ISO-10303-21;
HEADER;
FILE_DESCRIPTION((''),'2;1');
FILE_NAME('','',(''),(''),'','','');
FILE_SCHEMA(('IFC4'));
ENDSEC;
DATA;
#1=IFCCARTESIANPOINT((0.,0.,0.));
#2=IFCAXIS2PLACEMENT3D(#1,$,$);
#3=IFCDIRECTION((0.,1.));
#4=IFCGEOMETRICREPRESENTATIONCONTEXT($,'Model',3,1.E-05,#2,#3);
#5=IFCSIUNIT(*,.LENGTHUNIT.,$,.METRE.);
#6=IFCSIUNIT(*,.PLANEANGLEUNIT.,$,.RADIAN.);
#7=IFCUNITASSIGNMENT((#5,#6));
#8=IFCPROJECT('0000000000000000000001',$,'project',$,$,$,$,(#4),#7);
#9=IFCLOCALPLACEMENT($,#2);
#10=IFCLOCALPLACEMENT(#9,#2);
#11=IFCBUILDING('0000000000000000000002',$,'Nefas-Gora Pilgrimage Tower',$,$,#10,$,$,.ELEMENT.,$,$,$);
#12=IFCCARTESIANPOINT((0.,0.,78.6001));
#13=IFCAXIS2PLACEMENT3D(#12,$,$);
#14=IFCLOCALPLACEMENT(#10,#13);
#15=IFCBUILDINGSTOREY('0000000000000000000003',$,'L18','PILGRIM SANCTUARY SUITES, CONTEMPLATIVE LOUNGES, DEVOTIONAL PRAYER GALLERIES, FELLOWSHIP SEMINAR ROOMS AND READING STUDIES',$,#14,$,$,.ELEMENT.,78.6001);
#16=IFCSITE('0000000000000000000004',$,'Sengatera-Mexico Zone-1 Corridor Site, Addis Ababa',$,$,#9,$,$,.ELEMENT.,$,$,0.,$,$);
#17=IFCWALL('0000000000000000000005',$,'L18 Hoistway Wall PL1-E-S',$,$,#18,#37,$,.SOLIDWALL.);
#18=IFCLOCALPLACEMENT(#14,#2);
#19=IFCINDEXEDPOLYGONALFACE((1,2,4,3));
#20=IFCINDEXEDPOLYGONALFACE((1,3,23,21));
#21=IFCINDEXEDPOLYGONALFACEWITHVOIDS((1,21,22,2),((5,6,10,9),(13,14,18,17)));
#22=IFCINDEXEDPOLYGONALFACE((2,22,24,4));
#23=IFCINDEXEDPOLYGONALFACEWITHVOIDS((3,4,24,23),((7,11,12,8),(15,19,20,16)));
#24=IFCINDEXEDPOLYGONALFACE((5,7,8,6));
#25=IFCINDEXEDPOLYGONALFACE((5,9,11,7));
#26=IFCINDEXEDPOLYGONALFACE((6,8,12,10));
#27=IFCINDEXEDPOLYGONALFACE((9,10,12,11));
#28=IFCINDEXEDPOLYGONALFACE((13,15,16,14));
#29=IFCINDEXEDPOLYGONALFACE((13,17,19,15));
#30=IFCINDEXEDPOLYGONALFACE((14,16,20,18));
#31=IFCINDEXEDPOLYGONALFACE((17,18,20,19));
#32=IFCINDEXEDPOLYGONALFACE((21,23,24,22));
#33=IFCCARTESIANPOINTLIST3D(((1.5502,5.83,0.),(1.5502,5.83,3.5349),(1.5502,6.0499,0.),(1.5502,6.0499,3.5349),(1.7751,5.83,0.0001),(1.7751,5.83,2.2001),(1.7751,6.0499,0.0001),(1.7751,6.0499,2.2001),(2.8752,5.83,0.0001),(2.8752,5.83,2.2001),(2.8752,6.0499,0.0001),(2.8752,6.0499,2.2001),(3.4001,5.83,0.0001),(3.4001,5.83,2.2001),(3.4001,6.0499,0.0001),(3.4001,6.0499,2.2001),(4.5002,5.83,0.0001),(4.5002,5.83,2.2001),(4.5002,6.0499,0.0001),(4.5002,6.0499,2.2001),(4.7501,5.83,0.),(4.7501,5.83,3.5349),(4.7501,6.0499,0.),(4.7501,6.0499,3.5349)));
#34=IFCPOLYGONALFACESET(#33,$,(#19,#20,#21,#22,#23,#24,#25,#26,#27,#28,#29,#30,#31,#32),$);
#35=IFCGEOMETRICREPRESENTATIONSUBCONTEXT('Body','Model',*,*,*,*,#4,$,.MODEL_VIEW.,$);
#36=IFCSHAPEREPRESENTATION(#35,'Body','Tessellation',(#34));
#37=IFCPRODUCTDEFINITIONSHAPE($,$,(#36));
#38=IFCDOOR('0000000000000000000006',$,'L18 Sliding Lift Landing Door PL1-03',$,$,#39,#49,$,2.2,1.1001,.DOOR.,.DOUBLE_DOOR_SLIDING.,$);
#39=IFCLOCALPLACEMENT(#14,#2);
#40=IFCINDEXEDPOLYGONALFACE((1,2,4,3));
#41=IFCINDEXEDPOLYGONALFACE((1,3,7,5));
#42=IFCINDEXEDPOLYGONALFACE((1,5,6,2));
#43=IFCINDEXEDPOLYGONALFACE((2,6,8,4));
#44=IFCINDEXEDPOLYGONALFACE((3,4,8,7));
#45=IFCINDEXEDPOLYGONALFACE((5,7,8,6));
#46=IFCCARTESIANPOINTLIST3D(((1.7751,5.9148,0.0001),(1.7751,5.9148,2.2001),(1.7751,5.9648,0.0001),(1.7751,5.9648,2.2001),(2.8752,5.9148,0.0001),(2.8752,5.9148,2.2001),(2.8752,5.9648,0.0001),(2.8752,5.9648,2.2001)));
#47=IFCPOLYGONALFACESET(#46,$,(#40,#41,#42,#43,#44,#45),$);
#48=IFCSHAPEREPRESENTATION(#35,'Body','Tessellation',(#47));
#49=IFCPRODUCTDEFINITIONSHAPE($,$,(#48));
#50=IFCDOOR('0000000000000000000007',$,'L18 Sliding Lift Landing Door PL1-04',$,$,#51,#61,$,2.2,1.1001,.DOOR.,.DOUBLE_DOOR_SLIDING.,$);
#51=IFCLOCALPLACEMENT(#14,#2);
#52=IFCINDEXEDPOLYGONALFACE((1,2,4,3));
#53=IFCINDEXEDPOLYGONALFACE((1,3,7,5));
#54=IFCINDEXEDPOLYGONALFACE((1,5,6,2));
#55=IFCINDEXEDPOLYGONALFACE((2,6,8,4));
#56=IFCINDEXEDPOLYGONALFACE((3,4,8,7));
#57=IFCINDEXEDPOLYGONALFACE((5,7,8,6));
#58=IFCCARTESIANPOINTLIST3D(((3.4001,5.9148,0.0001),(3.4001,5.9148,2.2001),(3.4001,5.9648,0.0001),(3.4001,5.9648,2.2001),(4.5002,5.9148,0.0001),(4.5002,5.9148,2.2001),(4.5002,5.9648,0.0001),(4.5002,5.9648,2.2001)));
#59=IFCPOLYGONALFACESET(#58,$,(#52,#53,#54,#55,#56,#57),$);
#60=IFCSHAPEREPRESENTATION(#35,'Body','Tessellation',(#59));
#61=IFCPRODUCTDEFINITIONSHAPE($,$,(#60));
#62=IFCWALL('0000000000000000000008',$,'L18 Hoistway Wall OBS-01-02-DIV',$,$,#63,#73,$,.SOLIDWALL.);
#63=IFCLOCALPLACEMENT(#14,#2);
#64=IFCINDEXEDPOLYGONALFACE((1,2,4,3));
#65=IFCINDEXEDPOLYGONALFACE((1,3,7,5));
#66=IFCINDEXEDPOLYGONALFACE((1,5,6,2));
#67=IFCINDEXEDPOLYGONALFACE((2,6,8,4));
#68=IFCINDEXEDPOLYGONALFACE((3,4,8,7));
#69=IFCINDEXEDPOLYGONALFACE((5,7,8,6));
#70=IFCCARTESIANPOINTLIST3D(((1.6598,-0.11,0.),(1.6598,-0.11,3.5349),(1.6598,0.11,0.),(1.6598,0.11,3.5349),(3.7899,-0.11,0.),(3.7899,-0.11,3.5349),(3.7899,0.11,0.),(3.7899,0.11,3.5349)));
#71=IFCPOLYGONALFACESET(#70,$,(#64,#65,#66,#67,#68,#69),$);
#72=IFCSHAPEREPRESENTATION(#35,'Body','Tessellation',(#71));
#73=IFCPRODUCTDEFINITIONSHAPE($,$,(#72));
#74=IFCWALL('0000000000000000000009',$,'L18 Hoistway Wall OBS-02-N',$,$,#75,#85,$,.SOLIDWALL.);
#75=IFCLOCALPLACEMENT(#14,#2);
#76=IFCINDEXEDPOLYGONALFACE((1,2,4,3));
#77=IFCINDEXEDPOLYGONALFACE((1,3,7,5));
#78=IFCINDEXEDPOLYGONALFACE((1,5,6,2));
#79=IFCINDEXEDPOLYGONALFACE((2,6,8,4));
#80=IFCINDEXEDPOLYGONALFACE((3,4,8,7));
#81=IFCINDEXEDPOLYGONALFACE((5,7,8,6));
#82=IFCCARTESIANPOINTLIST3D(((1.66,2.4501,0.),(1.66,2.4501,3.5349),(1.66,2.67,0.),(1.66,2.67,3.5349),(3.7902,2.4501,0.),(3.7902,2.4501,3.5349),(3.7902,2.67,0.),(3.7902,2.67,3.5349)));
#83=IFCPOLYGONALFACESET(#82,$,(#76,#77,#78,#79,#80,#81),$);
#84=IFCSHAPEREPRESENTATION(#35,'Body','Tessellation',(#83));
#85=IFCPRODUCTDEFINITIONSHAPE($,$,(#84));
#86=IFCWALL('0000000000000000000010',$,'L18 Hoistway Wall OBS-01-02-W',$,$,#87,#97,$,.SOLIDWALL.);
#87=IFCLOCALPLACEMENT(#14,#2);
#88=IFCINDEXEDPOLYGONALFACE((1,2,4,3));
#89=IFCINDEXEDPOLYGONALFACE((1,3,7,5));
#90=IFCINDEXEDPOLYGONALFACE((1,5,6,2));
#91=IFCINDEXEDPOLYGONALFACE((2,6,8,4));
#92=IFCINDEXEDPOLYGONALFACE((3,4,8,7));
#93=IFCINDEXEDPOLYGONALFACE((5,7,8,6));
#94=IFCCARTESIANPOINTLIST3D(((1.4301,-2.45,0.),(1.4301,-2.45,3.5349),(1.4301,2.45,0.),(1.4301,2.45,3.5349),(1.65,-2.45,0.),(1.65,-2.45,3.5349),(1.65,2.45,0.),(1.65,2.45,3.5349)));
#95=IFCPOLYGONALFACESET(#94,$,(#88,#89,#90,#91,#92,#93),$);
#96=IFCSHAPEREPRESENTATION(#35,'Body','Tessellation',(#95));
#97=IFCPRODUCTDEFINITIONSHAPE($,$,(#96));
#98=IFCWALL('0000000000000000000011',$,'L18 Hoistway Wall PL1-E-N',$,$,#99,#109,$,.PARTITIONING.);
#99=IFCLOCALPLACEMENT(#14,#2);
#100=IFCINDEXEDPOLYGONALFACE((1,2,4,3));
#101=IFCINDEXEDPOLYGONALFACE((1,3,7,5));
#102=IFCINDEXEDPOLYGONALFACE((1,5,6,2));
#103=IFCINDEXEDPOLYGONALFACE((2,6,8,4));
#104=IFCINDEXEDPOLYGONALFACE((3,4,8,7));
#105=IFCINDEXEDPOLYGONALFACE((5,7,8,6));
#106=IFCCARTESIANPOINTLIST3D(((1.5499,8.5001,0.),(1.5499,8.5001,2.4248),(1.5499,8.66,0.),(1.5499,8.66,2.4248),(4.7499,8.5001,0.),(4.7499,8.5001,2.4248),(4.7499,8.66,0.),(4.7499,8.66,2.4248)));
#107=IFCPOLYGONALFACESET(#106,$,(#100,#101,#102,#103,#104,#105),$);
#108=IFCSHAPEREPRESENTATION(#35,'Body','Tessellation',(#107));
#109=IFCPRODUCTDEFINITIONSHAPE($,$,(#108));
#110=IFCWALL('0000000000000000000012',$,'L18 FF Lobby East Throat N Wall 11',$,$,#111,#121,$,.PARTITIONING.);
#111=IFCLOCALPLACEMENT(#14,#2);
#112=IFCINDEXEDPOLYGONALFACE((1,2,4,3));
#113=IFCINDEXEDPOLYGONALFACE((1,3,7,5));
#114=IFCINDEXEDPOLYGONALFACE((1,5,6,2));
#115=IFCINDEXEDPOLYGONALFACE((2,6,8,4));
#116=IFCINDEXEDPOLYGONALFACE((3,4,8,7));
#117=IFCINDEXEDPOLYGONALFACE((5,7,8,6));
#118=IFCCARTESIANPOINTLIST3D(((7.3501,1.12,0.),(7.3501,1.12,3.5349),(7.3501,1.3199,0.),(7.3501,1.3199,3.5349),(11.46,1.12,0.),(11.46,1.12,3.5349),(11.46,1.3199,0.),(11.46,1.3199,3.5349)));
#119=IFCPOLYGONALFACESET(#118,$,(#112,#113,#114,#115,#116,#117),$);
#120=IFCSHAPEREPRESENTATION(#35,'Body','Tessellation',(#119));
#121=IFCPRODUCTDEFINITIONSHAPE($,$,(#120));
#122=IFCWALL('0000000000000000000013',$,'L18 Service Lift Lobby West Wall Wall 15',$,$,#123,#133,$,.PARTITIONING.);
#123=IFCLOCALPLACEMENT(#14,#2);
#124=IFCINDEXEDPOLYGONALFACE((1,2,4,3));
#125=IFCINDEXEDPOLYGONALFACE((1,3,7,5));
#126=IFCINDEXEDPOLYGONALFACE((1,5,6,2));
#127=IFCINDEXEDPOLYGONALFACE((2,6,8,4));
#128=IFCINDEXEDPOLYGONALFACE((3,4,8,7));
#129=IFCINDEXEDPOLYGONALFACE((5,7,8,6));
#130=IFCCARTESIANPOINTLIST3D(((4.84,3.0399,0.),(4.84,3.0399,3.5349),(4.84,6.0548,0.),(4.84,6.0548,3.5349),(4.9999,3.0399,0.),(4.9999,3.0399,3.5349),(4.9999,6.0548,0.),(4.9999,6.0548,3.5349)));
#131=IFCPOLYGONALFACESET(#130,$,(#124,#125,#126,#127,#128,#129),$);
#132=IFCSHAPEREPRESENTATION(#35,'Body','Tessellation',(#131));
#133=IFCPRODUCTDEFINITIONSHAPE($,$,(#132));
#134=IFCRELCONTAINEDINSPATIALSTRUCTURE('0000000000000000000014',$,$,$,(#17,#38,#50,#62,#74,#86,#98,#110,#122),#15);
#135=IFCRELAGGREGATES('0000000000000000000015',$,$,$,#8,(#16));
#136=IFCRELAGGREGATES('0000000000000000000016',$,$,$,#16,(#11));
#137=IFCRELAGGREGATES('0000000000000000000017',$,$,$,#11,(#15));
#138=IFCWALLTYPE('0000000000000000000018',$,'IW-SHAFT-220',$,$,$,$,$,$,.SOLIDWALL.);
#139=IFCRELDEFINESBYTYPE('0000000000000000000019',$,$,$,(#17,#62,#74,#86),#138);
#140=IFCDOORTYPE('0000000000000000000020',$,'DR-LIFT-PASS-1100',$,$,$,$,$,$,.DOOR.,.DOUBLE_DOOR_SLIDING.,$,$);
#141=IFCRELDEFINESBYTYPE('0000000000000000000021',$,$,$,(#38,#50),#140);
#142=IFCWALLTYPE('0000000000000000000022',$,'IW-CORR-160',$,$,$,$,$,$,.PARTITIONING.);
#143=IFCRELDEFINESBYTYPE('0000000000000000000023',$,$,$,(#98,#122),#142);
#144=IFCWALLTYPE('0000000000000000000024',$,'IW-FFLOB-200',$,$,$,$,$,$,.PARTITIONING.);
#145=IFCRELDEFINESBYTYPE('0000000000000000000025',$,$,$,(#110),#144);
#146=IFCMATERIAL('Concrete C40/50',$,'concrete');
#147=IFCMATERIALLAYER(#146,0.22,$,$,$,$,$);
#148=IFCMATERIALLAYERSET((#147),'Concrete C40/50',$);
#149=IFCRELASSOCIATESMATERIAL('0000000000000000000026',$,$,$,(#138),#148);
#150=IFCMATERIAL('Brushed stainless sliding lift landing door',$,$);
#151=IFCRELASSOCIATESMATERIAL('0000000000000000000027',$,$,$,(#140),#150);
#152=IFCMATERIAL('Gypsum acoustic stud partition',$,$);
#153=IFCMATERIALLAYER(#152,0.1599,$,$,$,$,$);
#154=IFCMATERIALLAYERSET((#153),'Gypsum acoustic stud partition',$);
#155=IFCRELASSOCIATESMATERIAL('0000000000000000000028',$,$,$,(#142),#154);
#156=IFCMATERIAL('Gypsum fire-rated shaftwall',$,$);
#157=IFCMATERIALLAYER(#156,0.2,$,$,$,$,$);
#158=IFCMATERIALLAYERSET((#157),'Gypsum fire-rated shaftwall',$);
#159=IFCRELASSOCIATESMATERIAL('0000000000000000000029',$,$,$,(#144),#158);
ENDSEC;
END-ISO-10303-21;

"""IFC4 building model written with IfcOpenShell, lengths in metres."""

from ifc_helpers import new_model, si_unit, direction, frame, frame_2d, origin, place, context, subcontext, project, spatial, rectangle, extrude, source, transform, mapped, material, layer, layer_set, type_object, element, fill, save


model = new_model("IFC4")

# Units and contexts
model_context = context("Model", 3, precision=1e-05, world=origin(), true_north=direction((0.0, 1.0)))
body_context = subcontext(model_context, "Body", "Model", "MODEL_VIEW")
ifc_project = project(units=[si_unit("LENGTHUNIT", "METRE"), si_unit("PLANEANGLEUNIT", "RADIAN")], contexts=[model_context])

# Site, building, storey
site_placement = place(None, origin())
site = spatial("IfcSite", under=ifc_project, at=site_placement, Name="Sengatera-Mexico Zone-1 Corridor Site, Addis Ababa", CompositionType="ELEMENT", RefElevation=0.0)
building_placement = place(site_placement, origin())
building = spatial("IfcBuilding", under=site, at=building_placement, Name="Nefas-Gora Pilgrimage Tower", CompositionType="ELEMENT")
storey_placement = place(building_placement, frame((0.0, 0.0, 78.6001)))
storey = spatial("IfcBuildingStorey", under=building, at=storey_placement, Name="L18", Description="PILGRIM SANCTUARY SUITES, CONTEMPLATIVE LOUNGES, DEVOTIONAL PRAYER GALLERIES, FELLOWSHIP SEMINAR ROOMS AND READING STUDIES", CompositionType="ELEMENT", Elevation=78.6001)

# Shared definitions
ifc_material_1 = material(Name="Concrete C40/50", Category="concrete")
ifc_layer_1 = layer(ifc_material_1, 0.22)
ifc_layer_set_1 = layer_set([ifc_layer_1], Name="Concrete C40/50")
wall_type_1 = type_object("IfcWallType", Name="IW-SHAFT-220", PredefinedType="SOLIDWALL", material=ifc_layer_set_1)

# Wall, openings, doors
shared_shape_1 = source(origin(), body_context, "Body", "SweptSolid", [
    extrude(rectangle(XDim=3.2, YDim=0.22, at=frame_2d((1.6001, 0.0))), origin(), (0.0, 0.0, 1.0), 3.5349),
])
wall_1_placement = place(storey_placement, frame((1.55, 5.9399, 0.0), z_axis=(0.0, 0.0, 1.0), x_axis=(1.0, 0.0, 0.0)))
wall_1 = element("IfcWall", 1, at=wall_1_placement, inside=storey, type_object=wall_type_1, Name="L18 Hoistway Wall PL1-E-S", PredefinedType="SOLIDWALL", context=body_context, shape_type="MappedRepresentation", body=[
    mapped(shared_shape_1, transform((0.0, 0.0, 0.0), x_axis=(1.0, 0.0, 0.0), y_axis=(0.0, 1.0, 0.0), z_axis=(0.0, 0.0, 1.0), scale=1.0)),
])
opening_1_placement = place(wall_1_placement, frame((0.2251, 0.0, 0.0)))
opening_1 = element("IfcOpeningElement", 2, at=opening_1_placement, cuts=wall_1, PredefinedType="OPENING", context=body_context, shape_type="SweptSolid", body=[
    extrude(rectangle(XDim=1.1001, YDim=2.2, at=frame_2d((0.55, 1.1001))), frame((0.0, 0.1199, 0.0), z_axis=(0.0, -1.0, 0.0), x_axis=(1.0, 0.0, 0.0)), (0.0, 0.0, 1.0), 0.24),
])
opening_2_placement = place(wall_1_placement, frame((1.8501, 0.0, 0.0)))
opening_2 = element("IfcOpeningElement", 3, at=opening_2_placement, cuts=wall_1, PredefinedType="OPENING", context=body_context, shape_type="SweptSolid", body=[
    extrude(rectangle(XDim=1.1001, YDim=2.2, at=frame_2d((0.55, 1.1001))), frame((0.0, 0.1199, 0.0), z_axis=(0.0, -1.0, 0.0), x_axis=(1.0, 0.0, 0.0)), (0.0, 0.0, 1.0), 0.24),
])
ifc_material_2 = material(Name="Brushed stainless sliding lift landing door")
door_type_1 = type_object("IfcDoorType", Name="DR-LIFT-PASS-1100", OperationType="DOUBLE_DOOR_SLIDING", PredefinedType="DOOR", material=ifc_material_2)
shared_shape_2 = source(origin(), body_context, "Body", "SweptSolid", [
    extrude(rectangle(XDim=1.1001, YDim=2.2, at=frame_2d((0.55, 1.1001))), frame((0.0, 0.0249, 0.0), z_axis=(0.0, -1.0, 0.0), x_axis=(1.0, 0.0, 0.0)), (0.0, 0.0, 1.0), 0.05),
])
door_1_placement = place(opening_1_placement, origin())
door_1 = element("IfcDoor", 4, at=door_1_placement, inside=storey, type_object=door_type_1, Name="L18 Sliding Lift Landing Door PL1-03", OperationType="DOUBLE_DOOR_SLIDING", OverallHeight=2.2, OverallWidth=1.1001, PredefinedType="DOOR", context=body_context, shape_type="MappedRepresentation", body=[
    mapped(shared_shape_2, transform((0.0, 0.0, 0.0), x_axis=(1.0, 0.0, 0.0), y_axis=(0.0, 1.0, 0.0), z_axis=(0.0, 0.0, 1.0), scale=1.0)),
])
fill(opening_1, door_1)
door_2_placement = place(opening_2_placement, origin())
door_2 = element("IfcDoor", 5, at=door_2_placement, inside=storey, type_object=door_type_1, Name="L18 Sliding Lift Landing Door PL1-04", OperationType="DOUBLE_DOOR_SLIDING", OverallHeight=2.2, OverallWidth=1.1001, PredefinedType="DOOR", context=body_context, shape_type="MappedRepresentation", body=[
    mapped(shared_shape_2, transform((0.0, 0.0, 0.0), x_axis=(1.0, 0.0, 0.0), y_axis=(0.0, 1.0, 0.0), z_axis=(0.0, 0.0, 1.0), scale=1.0)),
])
fill(opening_2, door_2)

# Walls
shared_shape_3 = source(origin(), body_context, "Body", "SweptSolid", [
    extrude(rectangle(XDim=2.1301, YDim=0.22, at=frame_2d((1.0649, 0.0))), origin(), (0.0, 0.0, 1.0), 3.5349),
])
for number, where, z_axis, x_axis, name in (
    (6, (1.6599, 0.0, 0.0), (0.0, 0.0, 1.0), (1.0, 0.0, 0.0), "L18 Hoistway Wall OBS-01-02-DIV"),
    (7, (3.79, 2.5601, 0.0), (0.0, 0.0, 1.0), (-1.0, 0.0, 0.0), "L18 Hoistway Wall OBS-02-N"),
):
    element("IfcWall", number, at=place(storey_placement, frame(where, z_axis=z_axis, x_axis=x_axis)), inside=storey, type_object=wall_type_1, Name=name, PredefinedType="SOLIDWALL", context=body_context, shape_type="MappedRepresentation", body=[
        mapped(shared_shape_3, transform((0.0, 0.0, 0.0), x_axis=(1.0, 0.0, 0.0), y_axis=(0.0, 1.0, 0.0), z_axis=(0.0, 0.0, 1.0), scale=1.0)),
    ])
shared_shape_4 = source(origin(), body_context, "Body", "SweptSolid", [
    extrude(rectangle(XDim=4.8999, YDim=0.22, at=frame_2d((2.45, 0.0))), origin(), (0.0, 0.0, 1.0), 3.5349),
])
wall_2_placement = place(storey_placement, frame((1.54, 2.45, 0.0), z_axis=(0.0, 0.0, 1.0), x_axis=(0.0, -1.0, 0.0)))
element("IfcWall", 8, at=wall_2_placement, inside=storey, type_object=wall_type_1, Name="L18 Hoistway Wall OBS-01-02-W", PredefinedType="SOLIDWALL", context=body_context, shape_type="MappedRepresentation", body=[
    mapped(shared_shape_4, transform((0.0, 0.0, 0.0), x_axis=(1.0, 0.0, 0.0), y_axis=(0.0, 1.0, 0.0), z_axis=(0.0, 0.0, 1.0), scale=1.0)),
])
ifc_material_3 = material(Name="Gypsum acoustic stud partition")
ifc_layer_2 = layer(ifc_material_3, 0.1599)
ifc_layer_set_2 = layer_set([ifc_layer_2], Name="Gypsum acoustic stud partition")
wall_type_2 = type_object("IfcWallType", Name="IW-CORR-160", PredefinedType="PARTITIONING", material=ifc_layer_set_2)
shared_shape_5 = source(origin(), body_context, "Body", "SweptSolid", [
    extrude(rectangle(XDim=3.2, YDim=0.1599, at=frame_2d((1.6001, 0.0))), origin(), (0.0, 0.0, 1.0), 2.4248),
])
wall_3_placement = place(storey_placement, frame((4.75, 8.5801, 0.0), z_axis=(0.0, 0.0, 1.0), x_axis=(-1.0, 0.0, 0.0)))
element("IfcWall", 9, at=wall_3_placement, inside=storey, type_object=wall_type_2, Name="L18 Hoistway Wall PL1-E-N", PredefinedType="PARTITIONING", context=body_context, shape_type="MappedRepresentation", body=[
    mapped(shared_shape_5, transform((0.0, 0.0, 0.0), x_axis=(1.0, 0.0, 0.0), y_axis=(0.0, 1.0, 0.0), z_axis=(0.0, 0.0, 1.0), scale=1.0)),
])

# Shared definitions
ifc_material_4 = material(Name="Gypsum fire-rated shaftwall")
ifc_layer_3 = layer(ifc_material_4, 0.2)
ifc_layer_set_3 = layer_set([ifc_layer_3], Name="Gypsum fire-rated shaftwall")
wall_type_3 = type_object("IfcWallType", Name="IW-FFLOB-200", PredefinedType="PARTITIONING", material=ifc_layer_set_3)

# Walls
shared_shape_6 = source(origin(), body_context, "Body", "SweptSolid", [
    extrude(rectangle(XDim=4.1099, YDim=0.2, at=frame_2d((2.0549, 0.0))), origin(), (0.0, 0.0, 1.0), 3.5349),
])
wall_4_placement = place(storey_placement, frame((7.3501, 1.22, 0.0), z_axis=(0.0, 0.0, 1.0), x_axis=(1.0, 0.0, 0.0)))
element("IfcWall", 10, at=wall_4_placement, inside=storey, type_object=wall_type_3, Name="L18 FF Lobby East Throat N Wall 11", PredefinedType="PARTITIONING", context=body_context, shape_type="MappedRepresentation", body=[
    mapped(shared_shape_6, transform((0.0, 0.0, 0.0), x_axis=(1.0, 0.0, 0.0), y_axis=(0.0, 1.0, 0.0), z_axis=(0.0, 0.0, 1.0), scale=1.0)),
])
shared_shape_7 = source(origin(), body_context, "Body", "SweptSolid", [
    extrude(rectangle(XDim=3.0149, YDim=0.1599, at=frame_2d((1.5073, 0.0))), origin(), (0.0, 0.0, 1.0), 3.5349),
])
wall_5_placement = place(storey_placement, frame((4.9199, 3.04, 0.0), z_axis=(0.0, 0.0, 1.0), x_axis=(0.0, 1.0, 0.0)))
element("IfcWall", 11, at=wall_5_placement, inside=storey, type_object=wall_type_2, Name="L18 Service Lift Lobby West Wall Wall 15", PredefinedType="PARTITIONING", context=body_context, shape_type="MappedRepresentation", body=[
    mapped(shared_shape_7, transform((0.0, 0.0, 0.0), x_axis=(1.0, 0.0, 0.0), y_axis=(0.0, 1.0, 0.0), z_axis=(0.0, 0.0, 1.0), scale=1.0)),
])

save(model, "model.ifc")
